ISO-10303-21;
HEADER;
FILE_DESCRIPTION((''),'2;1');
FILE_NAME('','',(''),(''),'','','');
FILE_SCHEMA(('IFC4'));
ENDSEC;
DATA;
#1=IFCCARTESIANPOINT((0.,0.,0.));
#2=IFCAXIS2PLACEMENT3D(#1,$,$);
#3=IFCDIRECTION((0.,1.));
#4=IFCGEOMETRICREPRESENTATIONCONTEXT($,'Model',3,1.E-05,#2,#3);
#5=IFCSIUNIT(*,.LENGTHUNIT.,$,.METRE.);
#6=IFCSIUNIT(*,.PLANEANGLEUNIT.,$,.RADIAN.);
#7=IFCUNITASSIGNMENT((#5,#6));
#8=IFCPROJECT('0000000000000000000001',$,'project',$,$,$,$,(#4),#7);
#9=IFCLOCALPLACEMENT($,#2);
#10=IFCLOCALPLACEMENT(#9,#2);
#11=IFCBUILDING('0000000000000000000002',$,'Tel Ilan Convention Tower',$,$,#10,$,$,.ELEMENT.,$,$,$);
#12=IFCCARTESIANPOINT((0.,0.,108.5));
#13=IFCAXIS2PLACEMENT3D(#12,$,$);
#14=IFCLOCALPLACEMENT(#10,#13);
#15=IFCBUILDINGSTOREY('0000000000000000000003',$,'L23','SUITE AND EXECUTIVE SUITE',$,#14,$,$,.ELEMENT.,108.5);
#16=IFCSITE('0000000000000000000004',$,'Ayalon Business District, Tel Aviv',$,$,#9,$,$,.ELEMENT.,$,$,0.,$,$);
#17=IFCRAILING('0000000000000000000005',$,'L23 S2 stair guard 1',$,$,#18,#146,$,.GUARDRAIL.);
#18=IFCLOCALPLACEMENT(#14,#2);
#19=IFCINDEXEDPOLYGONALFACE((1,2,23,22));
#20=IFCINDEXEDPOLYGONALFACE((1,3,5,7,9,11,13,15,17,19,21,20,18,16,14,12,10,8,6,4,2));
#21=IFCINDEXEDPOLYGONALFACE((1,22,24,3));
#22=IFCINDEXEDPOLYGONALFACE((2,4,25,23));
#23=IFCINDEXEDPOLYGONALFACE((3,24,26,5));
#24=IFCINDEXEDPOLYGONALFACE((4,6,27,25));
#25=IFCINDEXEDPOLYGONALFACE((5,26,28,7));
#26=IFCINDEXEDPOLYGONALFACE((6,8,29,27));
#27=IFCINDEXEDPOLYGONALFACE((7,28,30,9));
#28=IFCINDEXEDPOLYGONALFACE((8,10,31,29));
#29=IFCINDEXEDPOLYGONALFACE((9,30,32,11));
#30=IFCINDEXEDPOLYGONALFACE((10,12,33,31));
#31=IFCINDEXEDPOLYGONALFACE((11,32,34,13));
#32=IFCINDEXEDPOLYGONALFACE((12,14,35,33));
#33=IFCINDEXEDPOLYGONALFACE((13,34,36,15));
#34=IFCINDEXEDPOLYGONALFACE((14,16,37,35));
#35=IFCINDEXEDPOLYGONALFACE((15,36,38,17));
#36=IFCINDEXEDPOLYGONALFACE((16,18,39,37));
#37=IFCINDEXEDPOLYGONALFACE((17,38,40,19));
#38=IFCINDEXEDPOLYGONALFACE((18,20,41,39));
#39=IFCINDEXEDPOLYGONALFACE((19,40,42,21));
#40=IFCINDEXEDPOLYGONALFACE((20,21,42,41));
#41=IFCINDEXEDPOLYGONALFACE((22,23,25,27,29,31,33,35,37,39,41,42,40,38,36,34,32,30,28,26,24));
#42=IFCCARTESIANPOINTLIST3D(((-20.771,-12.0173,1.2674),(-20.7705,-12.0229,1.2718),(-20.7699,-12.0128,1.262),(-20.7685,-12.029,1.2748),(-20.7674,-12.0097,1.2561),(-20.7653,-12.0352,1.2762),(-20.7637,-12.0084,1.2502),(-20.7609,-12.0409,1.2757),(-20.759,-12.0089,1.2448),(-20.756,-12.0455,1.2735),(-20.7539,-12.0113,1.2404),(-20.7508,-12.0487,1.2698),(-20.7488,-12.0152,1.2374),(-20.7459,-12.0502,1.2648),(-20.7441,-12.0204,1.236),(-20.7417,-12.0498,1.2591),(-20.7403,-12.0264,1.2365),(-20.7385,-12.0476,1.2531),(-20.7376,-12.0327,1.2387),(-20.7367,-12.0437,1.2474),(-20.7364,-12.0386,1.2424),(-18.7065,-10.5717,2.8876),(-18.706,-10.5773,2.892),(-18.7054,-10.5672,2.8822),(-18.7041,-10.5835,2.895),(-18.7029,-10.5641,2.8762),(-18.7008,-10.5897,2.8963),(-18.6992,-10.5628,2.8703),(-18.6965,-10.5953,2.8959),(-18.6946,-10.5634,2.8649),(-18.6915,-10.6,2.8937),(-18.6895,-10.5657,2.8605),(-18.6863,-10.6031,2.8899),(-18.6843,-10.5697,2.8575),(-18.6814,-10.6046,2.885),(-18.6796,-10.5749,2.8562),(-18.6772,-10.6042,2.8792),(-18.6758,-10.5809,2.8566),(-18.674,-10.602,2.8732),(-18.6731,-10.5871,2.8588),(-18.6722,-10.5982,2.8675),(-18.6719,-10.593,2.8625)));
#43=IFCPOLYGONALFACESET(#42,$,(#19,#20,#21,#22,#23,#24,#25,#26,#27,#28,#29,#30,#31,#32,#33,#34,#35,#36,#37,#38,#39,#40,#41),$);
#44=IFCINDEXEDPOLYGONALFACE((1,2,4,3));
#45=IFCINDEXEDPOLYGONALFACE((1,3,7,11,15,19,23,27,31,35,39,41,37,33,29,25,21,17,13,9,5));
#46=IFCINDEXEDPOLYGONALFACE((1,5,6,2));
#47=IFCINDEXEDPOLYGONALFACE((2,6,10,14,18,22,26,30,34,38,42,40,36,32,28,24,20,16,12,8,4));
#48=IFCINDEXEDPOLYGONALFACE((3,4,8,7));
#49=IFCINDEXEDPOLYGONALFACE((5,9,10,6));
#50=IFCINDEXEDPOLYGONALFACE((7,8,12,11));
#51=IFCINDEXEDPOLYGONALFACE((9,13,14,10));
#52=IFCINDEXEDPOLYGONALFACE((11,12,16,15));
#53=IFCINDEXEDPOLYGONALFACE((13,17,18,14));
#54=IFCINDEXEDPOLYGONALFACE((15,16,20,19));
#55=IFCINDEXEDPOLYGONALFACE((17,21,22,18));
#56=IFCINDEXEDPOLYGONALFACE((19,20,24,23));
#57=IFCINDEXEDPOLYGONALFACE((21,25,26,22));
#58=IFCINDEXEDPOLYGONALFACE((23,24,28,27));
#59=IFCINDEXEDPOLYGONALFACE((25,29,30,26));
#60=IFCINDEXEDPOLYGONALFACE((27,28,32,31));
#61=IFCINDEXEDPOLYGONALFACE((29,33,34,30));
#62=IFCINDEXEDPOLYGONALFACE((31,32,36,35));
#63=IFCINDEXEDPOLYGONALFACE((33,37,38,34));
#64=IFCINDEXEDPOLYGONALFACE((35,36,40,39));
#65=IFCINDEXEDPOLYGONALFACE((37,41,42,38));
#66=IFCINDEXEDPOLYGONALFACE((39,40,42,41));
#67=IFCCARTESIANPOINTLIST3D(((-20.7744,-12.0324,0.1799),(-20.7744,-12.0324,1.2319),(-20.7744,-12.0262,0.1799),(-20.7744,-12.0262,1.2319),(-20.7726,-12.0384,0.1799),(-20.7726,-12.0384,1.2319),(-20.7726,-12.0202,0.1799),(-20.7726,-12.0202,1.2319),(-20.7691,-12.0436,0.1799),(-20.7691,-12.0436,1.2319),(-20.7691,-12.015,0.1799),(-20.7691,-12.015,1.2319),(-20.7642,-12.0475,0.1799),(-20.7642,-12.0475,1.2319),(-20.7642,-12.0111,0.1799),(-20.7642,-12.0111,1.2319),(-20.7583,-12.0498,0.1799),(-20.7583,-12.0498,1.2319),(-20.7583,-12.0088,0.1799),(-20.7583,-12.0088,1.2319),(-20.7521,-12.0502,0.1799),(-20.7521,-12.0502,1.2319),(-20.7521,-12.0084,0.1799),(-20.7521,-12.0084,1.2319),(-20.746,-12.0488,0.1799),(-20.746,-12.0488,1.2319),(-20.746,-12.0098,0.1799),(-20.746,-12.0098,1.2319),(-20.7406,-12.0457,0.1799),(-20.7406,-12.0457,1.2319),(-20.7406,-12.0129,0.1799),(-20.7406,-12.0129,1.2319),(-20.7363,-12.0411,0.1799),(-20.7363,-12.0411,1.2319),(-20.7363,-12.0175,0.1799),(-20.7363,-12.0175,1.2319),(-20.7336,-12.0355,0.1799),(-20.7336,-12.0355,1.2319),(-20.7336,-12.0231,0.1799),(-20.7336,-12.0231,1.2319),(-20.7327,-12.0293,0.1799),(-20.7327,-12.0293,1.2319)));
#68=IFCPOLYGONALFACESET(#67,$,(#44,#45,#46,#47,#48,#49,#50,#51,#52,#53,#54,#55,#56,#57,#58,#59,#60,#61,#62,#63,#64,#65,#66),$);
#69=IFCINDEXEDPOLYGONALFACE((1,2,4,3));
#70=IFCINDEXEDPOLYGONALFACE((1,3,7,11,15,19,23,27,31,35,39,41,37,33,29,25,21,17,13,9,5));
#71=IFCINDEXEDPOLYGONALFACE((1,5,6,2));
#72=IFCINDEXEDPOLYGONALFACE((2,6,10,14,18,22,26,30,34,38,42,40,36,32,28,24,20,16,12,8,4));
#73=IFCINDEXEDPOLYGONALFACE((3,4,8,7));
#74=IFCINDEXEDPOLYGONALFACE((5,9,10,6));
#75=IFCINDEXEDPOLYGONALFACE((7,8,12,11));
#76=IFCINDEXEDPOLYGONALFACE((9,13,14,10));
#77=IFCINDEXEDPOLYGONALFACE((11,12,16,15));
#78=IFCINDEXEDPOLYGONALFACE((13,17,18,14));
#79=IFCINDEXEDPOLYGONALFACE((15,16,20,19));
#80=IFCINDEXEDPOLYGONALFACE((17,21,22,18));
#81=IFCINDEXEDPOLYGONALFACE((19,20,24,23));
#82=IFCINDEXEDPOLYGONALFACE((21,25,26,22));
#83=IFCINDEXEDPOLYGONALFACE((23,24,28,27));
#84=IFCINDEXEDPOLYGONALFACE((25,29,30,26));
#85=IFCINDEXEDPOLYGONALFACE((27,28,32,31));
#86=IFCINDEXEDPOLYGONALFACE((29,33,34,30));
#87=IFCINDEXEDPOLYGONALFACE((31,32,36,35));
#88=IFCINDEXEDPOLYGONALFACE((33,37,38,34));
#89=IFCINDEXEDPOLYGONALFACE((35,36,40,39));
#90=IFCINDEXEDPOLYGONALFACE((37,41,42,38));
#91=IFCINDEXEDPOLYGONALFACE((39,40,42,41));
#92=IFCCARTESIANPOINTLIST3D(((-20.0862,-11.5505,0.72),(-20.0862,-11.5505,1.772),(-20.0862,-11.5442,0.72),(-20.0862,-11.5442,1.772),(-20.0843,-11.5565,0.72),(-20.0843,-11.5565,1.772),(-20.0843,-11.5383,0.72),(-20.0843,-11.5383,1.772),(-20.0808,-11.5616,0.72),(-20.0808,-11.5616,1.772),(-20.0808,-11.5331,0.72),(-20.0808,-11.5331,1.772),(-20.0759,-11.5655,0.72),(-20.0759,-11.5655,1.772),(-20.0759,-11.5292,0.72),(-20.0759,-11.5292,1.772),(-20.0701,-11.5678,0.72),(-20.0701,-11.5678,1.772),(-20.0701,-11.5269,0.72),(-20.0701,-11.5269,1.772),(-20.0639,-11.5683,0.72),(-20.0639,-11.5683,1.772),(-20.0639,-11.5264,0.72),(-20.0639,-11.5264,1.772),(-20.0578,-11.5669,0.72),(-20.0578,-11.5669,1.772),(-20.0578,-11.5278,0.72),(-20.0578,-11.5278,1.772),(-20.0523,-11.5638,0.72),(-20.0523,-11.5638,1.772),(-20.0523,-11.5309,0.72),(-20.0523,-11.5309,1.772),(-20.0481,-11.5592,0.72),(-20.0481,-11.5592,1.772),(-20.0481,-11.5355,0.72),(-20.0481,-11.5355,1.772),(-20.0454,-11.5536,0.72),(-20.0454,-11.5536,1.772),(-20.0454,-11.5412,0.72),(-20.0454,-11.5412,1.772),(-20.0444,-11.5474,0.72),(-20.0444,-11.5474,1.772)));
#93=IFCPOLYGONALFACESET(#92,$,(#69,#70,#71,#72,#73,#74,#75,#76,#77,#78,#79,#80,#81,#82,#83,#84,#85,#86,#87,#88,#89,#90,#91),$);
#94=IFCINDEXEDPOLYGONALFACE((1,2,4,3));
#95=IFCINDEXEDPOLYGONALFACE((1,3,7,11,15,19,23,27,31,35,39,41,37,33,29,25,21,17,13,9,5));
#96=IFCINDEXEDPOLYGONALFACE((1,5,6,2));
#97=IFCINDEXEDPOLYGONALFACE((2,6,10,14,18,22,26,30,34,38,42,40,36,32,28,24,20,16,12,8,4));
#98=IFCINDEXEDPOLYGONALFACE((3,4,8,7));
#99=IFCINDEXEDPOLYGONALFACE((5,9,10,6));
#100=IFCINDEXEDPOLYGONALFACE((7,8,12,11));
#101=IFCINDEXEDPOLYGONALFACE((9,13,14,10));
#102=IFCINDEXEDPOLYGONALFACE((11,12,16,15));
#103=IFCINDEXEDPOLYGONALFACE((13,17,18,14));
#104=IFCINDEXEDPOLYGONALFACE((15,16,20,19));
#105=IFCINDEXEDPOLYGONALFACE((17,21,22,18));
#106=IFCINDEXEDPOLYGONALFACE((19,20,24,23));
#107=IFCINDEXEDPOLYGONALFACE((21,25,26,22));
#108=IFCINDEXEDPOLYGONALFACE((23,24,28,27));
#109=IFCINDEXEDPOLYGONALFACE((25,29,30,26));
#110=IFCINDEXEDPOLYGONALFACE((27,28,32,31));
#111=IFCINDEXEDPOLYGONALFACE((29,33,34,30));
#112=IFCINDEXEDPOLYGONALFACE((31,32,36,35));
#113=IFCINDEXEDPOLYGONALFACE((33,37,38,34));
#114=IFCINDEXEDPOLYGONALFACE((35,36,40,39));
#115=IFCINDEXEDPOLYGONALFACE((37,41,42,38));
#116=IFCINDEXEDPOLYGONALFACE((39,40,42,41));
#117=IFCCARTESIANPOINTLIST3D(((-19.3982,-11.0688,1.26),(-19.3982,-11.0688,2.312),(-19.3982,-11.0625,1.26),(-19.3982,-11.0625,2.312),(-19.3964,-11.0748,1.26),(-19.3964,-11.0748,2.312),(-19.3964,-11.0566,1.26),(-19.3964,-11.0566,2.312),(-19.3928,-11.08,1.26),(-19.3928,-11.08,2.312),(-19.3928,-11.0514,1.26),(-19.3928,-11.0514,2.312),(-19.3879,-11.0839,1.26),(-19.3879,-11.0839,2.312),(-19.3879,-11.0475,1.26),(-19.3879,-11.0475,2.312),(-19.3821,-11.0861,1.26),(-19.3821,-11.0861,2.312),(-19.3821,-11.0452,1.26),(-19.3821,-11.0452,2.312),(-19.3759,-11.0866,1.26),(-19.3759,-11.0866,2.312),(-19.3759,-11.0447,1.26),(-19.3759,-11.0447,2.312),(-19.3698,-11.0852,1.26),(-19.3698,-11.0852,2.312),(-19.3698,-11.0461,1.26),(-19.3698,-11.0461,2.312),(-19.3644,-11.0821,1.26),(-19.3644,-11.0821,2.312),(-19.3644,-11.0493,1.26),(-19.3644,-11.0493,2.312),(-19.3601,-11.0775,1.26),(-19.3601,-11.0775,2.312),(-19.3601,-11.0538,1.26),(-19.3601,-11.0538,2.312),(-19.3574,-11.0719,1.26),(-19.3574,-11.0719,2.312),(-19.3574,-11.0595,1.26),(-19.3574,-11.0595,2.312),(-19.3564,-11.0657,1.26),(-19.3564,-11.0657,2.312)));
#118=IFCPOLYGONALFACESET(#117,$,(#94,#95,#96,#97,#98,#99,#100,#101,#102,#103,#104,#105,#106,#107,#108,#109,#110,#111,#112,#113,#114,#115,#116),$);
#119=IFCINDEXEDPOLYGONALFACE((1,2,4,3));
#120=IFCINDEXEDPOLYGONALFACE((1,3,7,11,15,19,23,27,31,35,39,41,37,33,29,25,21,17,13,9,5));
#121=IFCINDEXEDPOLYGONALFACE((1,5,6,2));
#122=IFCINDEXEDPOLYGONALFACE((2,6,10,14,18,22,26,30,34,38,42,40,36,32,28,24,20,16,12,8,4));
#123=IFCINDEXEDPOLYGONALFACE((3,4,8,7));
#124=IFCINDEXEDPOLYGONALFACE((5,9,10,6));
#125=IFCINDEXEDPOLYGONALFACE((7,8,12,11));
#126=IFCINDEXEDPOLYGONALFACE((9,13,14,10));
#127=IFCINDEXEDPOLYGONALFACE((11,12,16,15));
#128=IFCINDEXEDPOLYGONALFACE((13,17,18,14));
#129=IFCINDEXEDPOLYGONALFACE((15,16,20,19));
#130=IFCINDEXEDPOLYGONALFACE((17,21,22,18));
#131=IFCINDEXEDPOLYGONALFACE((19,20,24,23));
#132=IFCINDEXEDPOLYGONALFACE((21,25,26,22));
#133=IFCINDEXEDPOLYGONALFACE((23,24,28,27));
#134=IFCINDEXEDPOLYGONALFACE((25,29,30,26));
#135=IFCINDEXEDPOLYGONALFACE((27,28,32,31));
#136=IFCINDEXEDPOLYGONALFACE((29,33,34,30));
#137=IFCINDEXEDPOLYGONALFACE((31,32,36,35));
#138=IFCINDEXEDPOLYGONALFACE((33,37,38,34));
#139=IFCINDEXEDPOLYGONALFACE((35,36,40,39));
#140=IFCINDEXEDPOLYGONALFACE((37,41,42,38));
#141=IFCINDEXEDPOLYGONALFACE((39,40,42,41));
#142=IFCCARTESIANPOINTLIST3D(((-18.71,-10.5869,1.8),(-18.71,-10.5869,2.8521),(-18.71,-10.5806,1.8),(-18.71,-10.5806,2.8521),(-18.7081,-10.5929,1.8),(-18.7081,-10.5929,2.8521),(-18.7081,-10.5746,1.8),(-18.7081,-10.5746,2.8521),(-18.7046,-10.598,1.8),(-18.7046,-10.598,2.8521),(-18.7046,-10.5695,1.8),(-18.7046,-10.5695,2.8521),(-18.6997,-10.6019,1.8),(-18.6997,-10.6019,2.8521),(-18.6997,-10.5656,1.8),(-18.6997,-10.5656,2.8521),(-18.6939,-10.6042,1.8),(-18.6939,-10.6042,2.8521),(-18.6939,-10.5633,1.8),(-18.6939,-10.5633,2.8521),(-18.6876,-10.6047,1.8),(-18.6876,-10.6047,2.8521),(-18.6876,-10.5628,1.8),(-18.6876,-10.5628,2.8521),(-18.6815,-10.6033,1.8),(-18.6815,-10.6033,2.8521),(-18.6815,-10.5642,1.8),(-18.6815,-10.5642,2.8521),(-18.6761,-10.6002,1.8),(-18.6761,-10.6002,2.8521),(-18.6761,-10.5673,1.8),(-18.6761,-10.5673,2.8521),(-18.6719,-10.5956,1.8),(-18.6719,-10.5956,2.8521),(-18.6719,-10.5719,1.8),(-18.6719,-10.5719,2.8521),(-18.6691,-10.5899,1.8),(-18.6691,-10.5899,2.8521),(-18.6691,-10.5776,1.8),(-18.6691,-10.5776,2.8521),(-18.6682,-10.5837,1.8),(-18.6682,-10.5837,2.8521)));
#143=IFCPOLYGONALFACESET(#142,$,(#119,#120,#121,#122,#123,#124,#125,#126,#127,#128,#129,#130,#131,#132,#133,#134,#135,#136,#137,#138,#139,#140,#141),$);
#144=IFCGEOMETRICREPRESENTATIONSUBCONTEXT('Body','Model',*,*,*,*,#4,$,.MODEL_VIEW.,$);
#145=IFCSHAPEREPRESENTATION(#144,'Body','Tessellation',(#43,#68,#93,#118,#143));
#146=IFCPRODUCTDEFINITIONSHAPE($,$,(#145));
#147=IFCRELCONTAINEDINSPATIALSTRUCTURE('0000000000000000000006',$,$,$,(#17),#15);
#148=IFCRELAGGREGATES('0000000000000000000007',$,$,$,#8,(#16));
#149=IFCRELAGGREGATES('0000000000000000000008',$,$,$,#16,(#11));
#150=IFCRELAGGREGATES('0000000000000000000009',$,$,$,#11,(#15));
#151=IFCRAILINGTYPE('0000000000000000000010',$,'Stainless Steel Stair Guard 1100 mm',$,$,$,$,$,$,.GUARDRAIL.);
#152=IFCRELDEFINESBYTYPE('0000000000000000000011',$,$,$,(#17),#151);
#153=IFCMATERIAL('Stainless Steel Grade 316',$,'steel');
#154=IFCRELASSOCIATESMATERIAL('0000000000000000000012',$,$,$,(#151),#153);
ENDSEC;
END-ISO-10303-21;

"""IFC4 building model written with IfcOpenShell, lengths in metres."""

from ifc_helpers import new_model, si_unit, direction, frame, origin, origin_2d, place, context, subcontext, project, spatial, circle, extrude, material, type_object, element, save


model = new_model("IFC4")

# Units and contexts
model_context = context("Model", 3, precision=1e-05, world=origin(), true_north=direction((0.0, 1.0)))
body_context = subcontext(model_context, "Body", "Model", "MODEL_VIEW")
ifc_project = project(units=[si_unit("LENGTHUNIT", "METRE"), si_unit("PLANEANGLEUNIT", "RADIAN")], contexts=[model_context])

# Site, building, storey
site_placement = place(None, origin())
site = spatial("IfcSite", under=ifc_project, at=site_placement, Name="Ayalon Business District, Tel Aviv", CompositionType="ELEMENT", RefElevation=0.0)
building_placement = place(site_placement, origin())
building = spatial("IfcBuilding", under=site, at=building_placement, Name="Tel Ilan Convention Tower", CompositionType="ELEMENT")
storey_placement = place(building_placement, frame((0.0, 0.0, 108.5)))
storey = spatial("IfcBuildingStorey", under=building, at=storey_placement, Name="L23", Description="SUITE AND EXECUTIVE SUITE", CompositionType="ELEMENT", Elevation=108.5)

# Railing
ifc_material_1 = material(Name="Stainless Steel Grade 316", Category="steel")
railing_type_1 = type_object("IfcRailingType", Name="Stainless Steel Stair Guard 1100 mm", PredefinedType="GUARDRAIL", material=ifc_material_1)
railing_1_placement = place(storey_placement, frame((-20.7537, -12.0293, 0.1799)))
element("IfcRailing", 1, at=railing_1_placement, inside=storey, type_object=railing_type_1, Name="L23 S2 stair guard 1", PredefinedType="GUARDRAIL", context=body_context, shape_type="SweptSolid", body=[
    extrude(circle(Radius=0.0239, at=origin_2d()), frame((0.0, 0.0, 1.0762), z_axis=(0.689056, 0.482486, 0.540749), x_axis=(-0.573579, 0.81915, 0.0)), (0.0, 0.0, 1.0), 2.9961),
    extrude(circle(Radius=0.021, at=origin_2d()), origin(), (0.0, 0.0, 1.0), 1.052),
    extrude(circle(Radius=0.021, at=origin_2d()), frame((0.6882, 0.4819, 0.54)), (0.0, 0.0, 1.0), 1.052),
    extrude(circle(Radius=0.021, at=origin_2d()), frame((1.3762, 0.9636, 1.0801)), (0.0, 0.0, 1.0), 1.052),
    extrude(circle(Radius=0.021, at=origin_2d()), frame((2.0645, 1.4456, 1.6201)), (0.0, 0.0, 1.0), 1.052),
])

save(model, "model.ifc")
